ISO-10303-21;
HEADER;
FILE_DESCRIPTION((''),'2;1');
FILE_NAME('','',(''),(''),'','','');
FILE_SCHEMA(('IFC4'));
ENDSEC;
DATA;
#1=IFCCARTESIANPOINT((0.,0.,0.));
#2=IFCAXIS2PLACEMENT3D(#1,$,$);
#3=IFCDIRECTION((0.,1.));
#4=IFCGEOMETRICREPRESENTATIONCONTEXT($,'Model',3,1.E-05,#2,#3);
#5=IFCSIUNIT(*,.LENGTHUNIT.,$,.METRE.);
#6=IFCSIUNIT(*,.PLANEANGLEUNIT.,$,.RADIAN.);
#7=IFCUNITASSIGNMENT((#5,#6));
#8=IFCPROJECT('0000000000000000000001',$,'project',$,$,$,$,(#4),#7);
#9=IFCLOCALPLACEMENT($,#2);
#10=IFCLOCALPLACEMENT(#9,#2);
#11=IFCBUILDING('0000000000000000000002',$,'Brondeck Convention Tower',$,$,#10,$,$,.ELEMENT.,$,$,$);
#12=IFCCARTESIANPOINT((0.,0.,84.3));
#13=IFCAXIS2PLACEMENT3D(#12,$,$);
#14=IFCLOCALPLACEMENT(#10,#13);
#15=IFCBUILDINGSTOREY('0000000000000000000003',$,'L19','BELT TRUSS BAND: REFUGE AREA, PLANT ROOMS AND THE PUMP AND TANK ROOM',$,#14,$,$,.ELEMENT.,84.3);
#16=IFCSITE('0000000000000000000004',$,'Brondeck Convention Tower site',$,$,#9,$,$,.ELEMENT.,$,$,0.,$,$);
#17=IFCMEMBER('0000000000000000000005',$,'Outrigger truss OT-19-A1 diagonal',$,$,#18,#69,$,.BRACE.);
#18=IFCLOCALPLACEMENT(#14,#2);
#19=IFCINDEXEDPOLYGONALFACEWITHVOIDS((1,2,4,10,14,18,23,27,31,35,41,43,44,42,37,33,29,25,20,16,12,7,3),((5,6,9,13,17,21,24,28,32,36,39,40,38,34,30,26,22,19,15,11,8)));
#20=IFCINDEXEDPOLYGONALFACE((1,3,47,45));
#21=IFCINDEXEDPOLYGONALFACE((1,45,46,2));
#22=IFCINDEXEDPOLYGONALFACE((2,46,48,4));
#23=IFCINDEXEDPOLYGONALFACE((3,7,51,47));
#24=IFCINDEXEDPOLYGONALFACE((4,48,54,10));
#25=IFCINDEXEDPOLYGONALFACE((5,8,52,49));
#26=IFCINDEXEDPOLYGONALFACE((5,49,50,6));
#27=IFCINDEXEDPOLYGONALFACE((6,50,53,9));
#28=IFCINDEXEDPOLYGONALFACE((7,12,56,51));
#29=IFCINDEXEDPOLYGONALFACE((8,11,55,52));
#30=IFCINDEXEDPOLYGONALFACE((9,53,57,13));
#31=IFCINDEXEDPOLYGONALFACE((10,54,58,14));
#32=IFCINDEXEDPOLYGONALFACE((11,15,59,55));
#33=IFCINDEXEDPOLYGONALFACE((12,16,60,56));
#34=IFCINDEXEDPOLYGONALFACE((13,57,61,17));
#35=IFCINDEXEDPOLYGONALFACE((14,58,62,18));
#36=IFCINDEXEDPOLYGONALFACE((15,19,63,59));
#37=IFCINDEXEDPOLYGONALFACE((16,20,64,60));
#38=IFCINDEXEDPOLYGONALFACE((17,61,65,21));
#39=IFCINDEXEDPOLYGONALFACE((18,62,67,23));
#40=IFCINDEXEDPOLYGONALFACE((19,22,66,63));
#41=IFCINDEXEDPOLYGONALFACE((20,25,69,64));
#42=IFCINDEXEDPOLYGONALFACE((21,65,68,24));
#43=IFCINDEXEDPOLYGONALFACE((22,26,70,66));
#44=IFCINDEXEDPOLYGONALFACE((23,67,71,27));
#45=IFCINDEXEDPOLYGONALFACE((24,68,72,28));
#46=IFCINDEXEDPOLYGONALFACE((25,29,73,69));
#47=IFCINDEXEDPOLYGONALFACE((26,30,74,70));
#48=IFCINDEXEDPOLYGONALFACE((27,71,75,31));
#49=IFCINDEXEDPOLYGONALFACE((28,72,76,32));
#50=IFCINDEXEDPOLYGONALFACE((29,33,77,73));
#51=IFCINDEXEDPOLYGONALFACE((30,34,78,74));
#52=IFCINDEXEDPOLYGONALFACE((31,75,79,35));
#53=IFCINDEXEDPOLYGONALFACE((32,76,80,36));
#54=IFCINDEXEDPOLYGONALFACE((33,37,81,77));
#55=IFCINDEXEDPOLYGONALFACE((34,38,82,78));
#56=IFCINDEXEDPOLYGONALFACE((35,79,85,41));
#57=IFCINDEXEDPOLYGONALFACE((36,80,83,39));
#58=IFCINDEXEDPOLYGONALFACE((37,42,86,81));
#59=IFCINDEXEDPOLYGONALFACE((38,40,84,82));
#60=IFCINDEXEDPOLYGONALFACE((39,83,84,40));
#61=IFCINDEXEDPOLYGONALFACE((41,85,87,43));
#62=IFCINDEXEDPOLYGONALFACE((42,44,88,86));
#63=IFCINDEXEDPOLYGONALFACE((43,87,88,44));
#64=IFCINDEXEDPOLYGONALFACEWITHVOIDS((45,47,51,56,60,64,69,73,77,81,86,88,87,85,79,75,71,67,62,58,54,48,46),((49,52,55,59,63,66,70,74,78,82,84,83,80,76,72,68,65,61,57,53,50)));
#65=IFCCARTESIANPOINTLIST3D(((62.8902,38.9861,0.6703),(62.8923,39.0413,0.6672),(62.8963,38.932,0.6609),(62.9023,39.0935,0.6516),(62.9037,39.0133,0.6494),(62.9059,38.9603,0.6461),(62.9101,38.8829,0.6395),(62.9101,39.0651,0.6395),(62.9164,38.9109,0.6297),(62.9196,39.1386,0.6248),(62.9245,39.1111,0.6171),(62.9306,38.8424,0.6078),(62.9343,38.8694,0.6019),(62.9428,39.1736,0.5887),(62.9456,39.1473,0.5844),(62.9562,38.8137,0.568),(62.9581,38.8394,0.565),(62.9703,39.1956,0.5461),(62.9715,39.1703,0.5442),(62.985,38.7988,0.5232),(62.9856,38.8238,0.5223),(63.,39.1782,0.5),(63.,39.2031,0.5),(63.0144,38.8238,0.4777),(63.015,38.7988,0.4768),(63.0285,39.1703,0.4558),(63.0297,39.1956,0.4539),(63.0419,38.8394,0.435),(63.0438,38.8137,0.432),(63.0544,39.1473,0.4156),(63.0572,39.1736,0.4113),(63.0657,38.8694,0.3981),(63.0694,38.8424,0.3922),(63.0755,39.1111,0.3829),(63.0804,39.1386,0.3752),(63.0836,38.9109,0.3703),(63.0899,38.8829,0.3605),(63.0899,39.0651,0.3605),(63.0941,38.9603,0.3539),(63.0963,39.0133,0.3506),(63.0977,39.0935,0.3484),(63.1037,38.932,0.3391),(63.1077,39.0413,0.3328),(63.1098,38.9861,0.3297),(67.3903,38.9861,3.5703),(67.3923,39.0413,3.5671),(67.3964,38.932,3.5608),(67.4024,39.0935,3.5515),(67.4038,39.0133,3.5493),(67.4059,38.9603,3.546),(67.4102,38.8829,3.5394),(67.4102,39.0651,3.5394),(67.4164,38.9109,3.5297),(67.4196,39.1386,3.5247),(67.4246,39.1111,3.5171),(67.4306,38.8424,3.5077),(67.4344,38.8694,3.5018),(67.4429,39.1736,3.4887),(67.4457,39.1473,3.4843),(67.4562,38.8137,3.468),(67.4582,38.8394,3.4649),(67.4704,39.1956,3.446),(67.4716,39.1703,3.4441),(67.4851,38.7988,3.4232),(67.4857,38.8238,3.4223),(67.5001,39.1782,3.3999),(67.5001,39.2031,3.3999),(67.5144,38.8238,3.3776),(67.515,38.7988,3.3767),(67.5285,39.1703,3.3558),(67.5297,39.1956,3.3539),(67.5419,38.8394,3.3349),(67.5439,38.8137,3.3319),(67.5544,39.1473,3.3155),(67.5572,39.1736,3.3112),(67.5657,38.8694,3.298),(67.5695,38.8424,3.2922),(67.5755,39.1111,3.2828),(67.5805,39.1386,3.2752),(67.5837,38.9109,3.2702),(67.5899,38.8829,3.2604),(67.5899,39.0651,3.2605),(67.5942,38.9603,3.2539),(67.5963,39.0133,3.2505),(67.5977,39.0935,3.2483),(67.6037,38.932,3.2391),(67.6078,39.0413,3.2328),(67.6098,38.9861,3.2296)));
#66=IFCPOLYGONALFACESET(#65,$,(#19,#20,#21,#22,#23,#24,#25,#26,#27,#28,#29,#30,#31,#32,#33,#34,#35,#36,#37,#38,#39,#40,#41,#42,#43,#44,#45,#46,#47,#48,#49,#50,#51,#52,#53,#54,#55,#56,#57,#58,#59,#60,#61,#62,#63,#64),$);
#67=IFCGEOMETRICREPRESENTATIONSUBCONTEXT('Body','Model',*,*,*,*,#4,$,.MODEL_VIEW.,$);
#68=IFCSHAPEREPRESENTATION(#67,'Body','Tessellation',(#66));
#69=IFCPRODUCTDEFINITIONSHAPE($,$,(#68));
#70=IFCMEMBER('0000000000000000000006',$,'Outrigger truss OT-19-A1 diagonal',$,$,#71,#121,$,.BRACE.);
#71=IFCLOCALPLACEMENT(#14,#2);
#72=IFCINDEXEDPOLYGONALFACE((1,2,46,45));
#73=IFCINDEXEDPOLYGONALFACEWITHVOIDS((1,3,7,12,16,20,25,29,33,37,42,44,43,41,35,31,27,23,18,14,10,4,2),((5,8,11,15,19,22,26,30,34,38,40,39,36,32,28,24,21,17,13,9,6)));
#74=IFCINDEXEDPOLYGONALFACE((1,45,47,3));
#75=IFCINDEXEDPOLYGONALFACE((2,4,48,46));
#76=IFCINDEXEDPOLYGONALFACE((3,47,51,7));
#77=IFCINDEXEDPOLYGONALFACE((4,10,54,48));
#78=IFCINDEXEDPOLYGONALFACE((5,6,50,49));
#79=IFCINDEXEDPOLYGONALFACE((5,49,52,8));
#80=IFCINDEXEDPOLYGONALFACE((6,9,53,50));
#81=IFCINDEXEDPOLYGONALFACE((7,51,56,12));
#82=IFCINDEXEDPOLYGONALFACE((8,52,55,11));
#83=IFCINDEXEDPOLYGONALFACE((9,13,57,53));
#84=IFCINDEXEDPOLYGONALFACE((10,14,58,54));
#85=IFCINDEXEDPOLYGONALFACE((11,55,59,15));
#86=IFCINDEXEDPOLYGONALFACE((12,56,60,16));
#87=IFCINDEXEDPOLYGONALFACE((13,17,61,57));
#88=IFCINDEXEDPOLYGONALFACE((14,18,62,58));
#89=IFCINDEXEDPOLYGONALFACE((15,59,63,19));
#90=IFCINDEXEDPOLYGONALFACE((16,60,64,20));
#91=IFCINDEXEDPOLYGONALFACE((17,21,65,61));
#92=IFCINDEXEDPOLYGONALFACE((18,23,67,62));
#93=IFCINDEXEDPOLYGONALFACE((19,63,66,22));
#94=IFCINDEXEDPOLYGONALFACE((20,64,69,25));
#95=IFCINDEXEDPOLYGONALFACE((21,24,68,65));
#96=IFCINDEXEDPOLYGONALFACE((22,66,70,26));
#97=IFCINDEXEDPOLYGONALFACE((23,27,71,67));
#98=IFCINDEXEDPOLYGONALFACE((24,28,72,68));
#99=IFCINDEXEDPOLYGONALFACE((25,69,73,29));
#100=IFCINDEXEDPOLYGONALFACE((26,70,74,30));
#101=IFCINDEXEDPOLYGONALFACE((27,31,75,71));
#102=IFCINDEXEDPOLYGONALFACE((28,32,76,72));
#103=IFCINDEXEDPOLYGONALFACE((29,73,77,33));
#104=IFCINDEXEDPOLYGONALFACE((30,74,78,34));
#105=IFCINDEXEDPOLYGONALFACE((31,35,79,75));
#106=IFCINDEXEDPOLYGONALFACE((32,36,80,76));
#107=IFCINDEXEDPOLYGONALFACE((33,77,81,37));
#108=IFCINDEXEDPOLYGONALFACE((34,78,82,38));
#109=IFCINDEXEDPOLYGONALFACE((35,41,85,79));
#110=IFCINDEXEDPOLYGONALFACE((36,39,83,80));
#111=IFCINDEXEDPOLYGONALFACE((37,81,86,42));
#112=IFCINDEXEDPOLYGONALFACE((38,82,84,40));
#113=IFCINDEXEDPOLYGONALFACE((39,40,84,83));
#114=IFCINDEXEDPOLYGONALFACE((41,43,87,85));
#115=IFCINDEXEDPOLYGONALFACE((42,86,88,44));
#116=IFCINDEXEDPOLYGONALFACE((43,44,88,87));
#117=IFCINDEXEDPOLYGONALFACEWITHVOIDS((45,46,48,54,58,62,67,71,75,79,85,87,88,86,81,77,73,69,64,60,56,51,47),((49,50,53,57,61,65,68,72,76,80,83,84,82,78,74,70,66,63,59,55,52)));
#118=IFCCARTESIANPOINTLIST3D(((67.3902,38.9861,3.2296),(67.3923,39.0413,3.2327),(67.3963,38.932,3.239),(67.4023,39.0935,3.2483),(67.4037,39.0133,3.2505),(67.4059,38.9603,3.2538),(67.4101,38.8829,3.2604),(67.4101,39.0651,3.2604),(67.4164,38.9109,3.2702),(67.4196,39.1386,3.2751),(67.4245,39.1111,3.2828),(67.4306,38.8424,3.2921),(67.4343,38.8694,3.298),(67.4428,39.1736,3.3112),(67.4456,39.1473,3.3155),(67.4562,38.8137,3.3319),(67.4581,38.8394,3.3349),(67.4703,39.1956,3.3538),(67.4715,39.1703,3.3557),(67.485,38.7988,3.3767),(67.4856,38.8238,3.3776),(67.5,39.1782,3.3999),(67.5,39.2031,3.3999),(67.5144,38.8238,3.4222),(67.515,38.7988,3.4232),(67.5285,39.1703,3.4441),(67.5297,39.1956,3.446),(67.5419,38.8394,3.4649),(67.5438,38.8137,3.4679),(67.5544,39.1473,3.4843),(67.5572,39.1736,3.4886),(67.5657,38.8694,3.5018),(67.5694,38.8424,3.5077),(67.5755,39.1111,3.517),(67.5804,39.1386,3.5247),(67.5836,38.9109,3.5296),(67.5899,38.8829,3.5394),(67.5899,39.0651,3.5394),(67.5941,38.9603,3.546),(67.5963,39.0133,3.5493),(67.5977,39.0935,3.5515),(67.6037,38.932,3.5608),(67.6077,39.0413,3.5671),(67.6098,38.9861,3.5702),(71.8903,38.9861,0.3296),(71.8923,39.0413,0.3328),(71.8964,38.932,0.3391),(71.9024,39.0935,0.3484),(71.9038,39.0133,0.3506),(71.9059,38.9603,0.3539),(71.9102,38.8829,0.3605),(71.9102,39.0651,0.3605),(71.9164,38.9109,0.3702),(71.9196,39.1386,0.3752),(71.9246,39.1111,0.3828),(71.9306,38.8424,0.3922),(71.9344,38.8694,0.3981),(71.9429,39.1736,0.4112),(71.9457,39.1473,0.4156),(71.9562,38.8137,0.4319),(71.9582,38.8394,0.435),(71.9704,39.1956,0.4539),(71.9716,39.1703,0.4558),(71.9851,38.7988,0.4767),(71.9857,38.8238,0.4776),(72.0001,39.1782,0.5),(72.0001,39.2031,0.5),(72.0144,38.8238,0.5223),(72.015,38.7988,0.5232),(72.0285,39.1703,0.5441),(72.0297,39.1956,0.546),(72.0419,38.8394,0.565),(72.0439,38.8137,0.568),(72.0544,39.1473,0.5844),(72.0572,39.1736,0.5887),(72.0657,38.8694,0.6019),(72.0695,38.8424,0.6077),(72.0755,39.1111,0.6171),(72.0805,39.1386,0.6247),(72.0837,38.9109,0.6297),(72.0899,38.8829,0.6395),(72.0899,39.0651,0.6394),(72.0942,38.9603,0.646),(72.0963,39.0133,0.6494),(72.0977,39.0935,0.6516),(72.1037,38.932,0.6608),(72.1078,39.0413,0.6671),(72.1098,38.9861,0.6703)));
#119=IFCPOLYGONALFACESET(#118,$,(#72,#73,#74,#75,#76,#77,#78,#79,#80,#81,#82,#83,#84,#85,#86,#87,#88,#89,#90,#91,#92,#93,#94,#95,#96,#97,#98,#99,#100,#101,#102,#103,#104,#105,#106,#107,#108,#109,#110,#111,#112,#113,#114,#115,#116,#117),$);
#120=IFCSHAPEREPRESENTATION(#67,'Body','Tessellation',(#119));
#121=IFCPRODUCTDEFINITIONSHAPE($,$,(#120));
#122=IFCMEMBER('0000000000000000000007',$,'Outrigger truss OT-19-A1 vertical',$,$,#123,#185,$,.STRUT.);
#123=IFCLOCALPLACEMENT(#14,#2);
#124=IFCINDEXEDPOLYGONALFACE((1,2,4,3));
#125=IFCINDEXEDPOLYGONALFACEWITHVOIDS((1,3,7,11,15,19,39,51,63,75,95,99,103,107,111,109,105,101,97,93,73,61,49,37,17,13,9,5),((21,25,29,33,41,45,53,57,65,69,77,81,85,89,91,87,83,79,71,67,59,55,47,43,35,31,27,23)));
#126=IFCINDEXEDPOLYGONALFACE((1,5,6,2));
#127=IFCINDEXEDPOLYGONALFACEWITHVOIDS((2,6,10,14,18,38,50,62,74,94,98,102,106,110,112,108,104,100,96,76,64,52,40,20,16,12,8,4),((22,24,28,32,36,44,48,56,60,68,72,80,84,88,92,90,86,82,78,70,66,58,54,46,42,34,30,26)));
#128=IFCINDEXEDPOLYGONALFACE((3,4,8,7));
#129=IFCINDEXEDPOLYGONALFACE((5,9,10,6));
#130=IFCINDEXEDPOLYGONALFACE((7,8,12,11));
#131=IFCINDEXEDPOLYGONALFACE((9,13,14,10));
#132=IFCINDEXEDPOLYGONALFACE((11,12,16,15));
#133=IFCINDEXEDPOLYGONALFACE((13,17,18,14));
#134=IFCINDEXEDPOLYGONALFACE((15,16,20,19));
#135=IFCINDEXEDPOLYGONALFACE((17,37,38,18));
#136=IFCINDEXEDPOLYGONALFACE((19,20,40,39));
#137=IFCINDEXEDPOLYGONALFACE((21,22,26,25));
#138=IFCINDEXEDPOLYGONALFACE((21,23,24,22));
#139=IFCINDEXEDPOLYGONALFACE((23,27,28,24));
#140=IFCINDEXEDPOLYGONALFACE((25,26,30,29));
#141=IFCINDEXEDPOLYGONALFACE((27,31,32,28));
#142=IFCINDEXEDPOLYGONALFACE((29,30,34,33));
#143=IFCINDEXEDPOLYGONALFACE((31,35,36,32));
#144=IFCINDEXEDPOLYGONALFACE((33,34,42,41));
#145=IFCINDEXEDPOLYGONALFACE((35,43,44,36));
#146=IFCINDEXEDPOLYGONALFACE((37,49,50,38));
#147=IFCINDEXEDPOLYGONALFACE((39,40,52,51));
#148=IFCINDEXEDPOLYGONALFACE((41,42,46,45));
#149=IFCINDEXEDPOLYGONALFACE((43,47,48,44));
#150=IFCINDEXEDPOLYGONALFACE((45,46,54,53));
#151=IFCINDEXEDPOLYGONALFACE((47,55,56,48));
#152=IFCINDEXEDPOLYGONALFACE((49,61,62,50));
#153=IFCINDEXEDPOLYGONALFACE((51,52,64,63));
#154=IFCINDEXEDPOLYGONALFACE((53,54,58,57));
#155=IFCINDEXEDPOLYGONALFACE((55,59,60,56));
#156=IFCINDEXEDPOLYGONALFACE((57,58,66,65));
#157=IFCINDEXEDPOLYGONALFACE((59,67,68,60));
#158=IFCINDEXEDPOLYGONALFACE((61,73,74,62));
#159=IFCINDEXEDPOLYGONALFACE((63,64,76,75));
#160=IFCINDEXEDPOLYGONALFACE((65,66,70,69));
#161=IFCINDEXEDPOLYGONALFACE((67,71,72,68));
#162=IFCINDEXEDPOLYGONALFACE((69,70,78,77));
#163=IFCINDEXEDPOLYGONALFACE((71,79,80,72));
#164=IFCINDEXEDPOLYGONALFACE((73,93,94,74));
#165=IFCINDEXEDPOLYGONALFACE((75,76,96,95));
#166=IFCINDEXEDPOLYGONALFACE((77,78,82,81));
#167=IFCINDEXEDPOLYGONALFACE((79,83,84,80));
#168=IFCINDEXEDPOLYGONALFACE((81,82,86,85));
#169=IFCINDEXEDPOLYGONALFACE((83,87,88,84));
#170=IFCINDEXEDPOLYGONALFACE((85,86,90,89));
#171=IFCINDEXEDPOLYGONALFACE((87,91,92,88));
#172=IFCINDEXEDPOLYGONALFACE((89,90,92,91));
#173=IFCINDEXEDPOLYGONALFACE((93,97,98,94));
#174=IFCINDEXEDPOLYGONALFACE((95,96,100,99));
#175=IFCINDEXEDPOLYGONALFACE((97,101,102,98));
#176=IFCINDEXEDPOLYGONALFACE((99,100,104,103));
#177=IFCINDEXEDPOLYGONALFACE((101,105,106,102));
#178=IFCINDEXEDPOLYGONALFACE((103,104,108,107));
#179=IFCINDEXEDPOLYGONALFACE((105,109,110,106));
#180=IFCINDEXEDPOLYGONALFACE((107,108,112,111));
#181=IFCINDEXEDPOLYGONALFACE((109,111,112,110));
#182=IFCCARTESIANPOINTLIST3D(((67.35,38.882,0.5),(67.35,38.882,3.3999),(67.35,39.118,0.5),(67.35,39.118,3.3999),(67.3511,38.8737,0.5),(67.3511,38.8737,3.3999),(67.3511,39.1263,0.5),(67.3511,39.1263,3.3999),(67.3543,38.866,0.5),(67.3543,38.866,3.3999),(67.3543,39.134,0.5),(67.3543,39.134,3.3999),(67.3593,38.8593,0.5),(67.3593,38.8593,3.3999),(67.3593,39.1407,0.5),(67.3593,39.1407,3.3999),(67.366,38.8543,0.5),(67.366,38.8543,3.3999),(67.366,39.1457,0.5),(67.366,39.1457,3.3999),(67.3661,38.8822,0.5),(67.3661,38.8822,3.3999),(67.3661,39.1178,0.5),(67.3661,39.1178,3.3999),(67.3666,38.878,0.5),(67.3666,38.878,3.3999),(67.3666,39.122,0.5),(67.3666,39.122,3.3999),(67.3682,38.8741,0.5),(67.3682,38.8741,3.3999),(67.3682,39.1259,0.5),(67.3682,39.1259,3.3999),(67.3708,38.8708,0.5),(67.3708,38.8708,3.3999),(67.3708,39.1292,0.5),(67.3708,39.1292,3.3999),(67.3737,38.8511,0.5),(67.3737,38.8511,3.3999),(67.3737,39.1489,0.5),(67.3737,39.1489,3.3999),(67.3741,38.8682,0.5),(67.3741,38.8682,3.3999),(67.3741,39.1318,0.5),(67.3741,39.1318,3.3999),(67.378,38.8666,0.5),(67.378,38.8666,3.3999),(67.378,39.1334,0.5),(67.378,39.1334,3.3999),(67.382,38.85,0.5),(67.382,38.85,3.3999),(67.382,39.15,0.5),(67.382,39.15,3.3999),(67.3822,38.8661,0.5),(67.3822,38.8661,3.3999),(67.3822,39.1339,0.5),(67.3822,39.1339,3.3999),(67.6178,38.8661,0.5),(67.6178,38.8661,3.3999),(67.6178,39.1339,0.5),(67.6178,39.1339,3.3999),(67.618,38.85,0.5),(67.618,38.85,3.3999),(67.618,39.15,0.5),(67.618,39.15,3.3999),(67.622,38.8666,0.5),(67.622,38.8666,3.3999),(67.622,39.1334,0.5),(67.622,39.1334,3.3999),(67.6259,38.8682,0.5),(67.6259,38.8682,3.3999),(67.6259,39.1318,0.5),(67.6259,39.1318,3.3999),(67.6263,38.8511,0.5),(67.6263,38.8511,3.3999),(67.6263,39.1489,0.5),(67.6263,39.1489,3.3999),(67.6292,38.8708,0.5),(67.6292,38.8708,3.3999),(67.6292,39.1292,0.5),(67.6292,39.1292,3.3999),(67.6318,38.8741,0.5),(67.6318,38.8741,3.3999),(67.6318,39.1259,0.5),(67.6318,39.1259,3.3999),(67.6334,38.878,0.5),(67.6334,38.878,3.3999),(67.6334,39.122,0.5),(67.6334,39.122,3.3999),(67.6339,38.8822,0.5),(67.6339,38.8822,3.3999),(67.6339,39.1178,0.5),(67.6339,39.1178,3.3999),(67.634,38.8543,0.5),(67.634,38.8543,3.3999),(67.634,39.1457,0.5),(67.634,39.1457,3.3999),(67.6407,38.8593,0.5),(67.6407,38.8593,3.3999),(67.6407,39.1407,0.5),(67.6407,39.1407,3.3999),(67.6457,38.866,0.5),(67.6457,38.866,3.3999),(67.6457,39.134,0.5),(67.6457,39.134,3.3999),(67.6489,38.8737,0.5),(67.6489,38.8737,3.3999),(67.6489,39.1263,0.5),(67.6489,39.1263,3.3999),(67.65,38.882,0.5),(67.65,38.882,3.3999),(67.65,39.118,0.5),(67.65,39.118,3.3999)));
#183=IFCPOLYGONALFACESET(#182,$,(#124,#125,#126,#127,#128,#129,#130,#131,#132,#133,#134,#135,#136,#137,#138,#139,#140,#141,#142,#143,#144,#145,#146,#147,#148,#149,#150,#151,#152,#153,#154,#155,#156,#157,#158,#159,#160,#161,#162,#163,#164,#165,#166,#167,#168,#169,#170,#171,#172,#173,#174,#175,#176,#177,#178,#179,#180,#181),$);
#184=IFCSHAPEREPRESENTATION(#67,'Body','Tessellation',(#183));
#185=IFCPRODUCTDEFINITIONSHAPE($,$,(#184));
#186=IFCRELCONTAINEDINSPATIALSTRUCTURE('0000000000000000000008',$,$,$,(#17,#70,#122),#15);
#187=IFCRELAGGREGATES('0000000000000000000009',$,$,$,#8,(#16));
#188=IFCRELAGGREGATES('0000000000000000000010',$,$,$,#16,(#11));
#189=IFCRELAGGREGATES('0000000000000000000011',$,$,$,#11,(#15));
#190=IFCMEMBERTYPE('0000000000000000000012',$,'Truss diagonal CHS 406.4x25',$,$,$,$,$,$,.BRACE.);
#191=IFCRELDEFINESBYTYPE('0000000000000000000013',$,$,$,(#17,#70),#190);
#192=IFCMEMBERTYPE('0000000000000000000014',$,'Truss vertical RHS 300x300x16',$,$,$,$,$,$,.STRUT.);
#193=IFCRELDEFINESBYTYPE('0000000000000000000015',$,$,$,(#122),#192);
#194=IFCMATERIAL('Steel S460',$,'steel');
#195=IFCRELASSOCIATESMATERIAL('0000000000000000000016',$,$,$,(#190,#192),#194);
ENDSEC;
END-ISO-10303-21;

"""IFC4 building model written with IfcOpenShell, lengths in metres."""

from ifc_helpers import new_model, si_unit, direction, frame, origin, origin_2d, place, context, subcontext, project, spatial, hollow_rectangle, hollow_circle, extrude, material, material_profile, profile_set, type_object, element, save


model = new_model("IFC4")

# Units and contexts
model_context = context("Model", 3, precision=1e-05, world=origin(), true_north=direction((0.0, 1.0)))
body_context = subcontext(model_context, "Body", "Model", "MODEL_VIEW")
ifc_project = project(units=[si_unit("LENGTHUNIT", "METRE"), si_unit("PLANEANGLEUNIT", "RADIAN")], contexts=[model_context])

# Site, building, storey
site_placement = place(None, origin())
site = spatial("IfcSite", under=ifc_project, at=site_placement, Name="Brondeck Convention Tower site", CompositionType="ELEMENT", RefElevation=0.0)
building_placement = place(site_placement, origin())
building = spatial("IfcBuilding", under=site, at=building_placement, Name="Brondeck Convention Tower", CompositionType="ELEMENT")
storey_placement = place(building_placement, frame((0.0, 0.0, 84.3)))
storey = spatial("IfcBuildingStorey", under=building, at=storey_placement, Name="L19", Description="BELT TRUSS BAND: REFUGE AREA, PLANT ROOMS AND THE PUMP AND TANK ROOM", CompositionType="ELEMENT", Elevation=84.3)

# Shared definitions
ifc_material_1 = material(Name="Steel S460", Category="steel")

# Members
ifc_material_profile_1 = material_profile(ifc_material_1, hollow_circle(Radius=0.2031, WallThickness=0.0249, at=origin_2d()), Name="CHS 406.4x25")
ifc_profile_set_1 = profile_set([ifc_material_profile_1], Name="Steel S460")
member_type_1 = type_object("IfcMemberType", Name="Truss diagonal CHS 406.4x25", PredefinedType="BRACE", material=ifc_profile_set_1)
for number, where, z_axis, x_axis, name in (
    (1, (63.0, 39.0, 0.5), (0.840579, 0.0, 0.541688), (0.0, 1.0, 0.0), "Outrigger truss OT-19-A1 diagonal"),
    (2, (67.5, 39.0, 3.3999), (0.840579, 0.0, -0.541688), (0.0, 1.0, 0.0), "Outrigger truss OT-19-A1 diagonal"),
):
    element("IfcMember", number, at=place(storey_placement, frame(where, z_axis=z_axis, x_axis=x_axis)), inside=storey, type_object=member_type_1, Name=name, PredefinedType="BRACE", context=body_context, shape_type="SweptSolid", body=[
        extrude(hollow_circle(Radius=0.2031, WallThickness=0.0249, at=origin_2d()), origin(), (0.0, 0.0, 1.0), 5.3535),
    ])
ifc_material_profile_2 = material_profile(ifc_material_1, hollow_rectangle(XDim=0.3, YDim=0.3, WallThickness=0.0161, InnerFilletRadius=0.0161, OuterFilletRadius=0.032, at=origin_2d()), Name="RHS 300x300x16")
ifc_profile_set_2 = profile_set([ifc_material_profile_2], Name="Steel S460")
member_type_2 = type_object("IfcMemberType", Name="Truss vertical RHS 300x300x16", PredefinedType="STRUT", material=ifc_profile_set_2)
for number, where, z_axis, x_axis, name in (
    (3, (67.5, 39.0, 0.5), (0.0, 0.0, 1.0), (1.0, 0.0, 0.0), "Outrigger truss OT-19-A1 vertical"),
):
    element("IfcMember", number, at=place(storey_placement, frame(where, z_axis=z_axis, x_axis=x_axis)), inside=storey, type_object=member_type_2, Name=name, PredefinedType="STRUT", context=body_context, shape_type="SweptSolid", body=[
        extrude(hollow_rectangle(XDim=0.3, YDim=0.3, WallThickness=0.0161, InnerFilletRadius=0.0161, OuterFilletRadius=0.032, at=origin_2d()), origin(), (0.0, 0.0, 1.0), 2.8999),
    ])

save(model, "model.ifc")
